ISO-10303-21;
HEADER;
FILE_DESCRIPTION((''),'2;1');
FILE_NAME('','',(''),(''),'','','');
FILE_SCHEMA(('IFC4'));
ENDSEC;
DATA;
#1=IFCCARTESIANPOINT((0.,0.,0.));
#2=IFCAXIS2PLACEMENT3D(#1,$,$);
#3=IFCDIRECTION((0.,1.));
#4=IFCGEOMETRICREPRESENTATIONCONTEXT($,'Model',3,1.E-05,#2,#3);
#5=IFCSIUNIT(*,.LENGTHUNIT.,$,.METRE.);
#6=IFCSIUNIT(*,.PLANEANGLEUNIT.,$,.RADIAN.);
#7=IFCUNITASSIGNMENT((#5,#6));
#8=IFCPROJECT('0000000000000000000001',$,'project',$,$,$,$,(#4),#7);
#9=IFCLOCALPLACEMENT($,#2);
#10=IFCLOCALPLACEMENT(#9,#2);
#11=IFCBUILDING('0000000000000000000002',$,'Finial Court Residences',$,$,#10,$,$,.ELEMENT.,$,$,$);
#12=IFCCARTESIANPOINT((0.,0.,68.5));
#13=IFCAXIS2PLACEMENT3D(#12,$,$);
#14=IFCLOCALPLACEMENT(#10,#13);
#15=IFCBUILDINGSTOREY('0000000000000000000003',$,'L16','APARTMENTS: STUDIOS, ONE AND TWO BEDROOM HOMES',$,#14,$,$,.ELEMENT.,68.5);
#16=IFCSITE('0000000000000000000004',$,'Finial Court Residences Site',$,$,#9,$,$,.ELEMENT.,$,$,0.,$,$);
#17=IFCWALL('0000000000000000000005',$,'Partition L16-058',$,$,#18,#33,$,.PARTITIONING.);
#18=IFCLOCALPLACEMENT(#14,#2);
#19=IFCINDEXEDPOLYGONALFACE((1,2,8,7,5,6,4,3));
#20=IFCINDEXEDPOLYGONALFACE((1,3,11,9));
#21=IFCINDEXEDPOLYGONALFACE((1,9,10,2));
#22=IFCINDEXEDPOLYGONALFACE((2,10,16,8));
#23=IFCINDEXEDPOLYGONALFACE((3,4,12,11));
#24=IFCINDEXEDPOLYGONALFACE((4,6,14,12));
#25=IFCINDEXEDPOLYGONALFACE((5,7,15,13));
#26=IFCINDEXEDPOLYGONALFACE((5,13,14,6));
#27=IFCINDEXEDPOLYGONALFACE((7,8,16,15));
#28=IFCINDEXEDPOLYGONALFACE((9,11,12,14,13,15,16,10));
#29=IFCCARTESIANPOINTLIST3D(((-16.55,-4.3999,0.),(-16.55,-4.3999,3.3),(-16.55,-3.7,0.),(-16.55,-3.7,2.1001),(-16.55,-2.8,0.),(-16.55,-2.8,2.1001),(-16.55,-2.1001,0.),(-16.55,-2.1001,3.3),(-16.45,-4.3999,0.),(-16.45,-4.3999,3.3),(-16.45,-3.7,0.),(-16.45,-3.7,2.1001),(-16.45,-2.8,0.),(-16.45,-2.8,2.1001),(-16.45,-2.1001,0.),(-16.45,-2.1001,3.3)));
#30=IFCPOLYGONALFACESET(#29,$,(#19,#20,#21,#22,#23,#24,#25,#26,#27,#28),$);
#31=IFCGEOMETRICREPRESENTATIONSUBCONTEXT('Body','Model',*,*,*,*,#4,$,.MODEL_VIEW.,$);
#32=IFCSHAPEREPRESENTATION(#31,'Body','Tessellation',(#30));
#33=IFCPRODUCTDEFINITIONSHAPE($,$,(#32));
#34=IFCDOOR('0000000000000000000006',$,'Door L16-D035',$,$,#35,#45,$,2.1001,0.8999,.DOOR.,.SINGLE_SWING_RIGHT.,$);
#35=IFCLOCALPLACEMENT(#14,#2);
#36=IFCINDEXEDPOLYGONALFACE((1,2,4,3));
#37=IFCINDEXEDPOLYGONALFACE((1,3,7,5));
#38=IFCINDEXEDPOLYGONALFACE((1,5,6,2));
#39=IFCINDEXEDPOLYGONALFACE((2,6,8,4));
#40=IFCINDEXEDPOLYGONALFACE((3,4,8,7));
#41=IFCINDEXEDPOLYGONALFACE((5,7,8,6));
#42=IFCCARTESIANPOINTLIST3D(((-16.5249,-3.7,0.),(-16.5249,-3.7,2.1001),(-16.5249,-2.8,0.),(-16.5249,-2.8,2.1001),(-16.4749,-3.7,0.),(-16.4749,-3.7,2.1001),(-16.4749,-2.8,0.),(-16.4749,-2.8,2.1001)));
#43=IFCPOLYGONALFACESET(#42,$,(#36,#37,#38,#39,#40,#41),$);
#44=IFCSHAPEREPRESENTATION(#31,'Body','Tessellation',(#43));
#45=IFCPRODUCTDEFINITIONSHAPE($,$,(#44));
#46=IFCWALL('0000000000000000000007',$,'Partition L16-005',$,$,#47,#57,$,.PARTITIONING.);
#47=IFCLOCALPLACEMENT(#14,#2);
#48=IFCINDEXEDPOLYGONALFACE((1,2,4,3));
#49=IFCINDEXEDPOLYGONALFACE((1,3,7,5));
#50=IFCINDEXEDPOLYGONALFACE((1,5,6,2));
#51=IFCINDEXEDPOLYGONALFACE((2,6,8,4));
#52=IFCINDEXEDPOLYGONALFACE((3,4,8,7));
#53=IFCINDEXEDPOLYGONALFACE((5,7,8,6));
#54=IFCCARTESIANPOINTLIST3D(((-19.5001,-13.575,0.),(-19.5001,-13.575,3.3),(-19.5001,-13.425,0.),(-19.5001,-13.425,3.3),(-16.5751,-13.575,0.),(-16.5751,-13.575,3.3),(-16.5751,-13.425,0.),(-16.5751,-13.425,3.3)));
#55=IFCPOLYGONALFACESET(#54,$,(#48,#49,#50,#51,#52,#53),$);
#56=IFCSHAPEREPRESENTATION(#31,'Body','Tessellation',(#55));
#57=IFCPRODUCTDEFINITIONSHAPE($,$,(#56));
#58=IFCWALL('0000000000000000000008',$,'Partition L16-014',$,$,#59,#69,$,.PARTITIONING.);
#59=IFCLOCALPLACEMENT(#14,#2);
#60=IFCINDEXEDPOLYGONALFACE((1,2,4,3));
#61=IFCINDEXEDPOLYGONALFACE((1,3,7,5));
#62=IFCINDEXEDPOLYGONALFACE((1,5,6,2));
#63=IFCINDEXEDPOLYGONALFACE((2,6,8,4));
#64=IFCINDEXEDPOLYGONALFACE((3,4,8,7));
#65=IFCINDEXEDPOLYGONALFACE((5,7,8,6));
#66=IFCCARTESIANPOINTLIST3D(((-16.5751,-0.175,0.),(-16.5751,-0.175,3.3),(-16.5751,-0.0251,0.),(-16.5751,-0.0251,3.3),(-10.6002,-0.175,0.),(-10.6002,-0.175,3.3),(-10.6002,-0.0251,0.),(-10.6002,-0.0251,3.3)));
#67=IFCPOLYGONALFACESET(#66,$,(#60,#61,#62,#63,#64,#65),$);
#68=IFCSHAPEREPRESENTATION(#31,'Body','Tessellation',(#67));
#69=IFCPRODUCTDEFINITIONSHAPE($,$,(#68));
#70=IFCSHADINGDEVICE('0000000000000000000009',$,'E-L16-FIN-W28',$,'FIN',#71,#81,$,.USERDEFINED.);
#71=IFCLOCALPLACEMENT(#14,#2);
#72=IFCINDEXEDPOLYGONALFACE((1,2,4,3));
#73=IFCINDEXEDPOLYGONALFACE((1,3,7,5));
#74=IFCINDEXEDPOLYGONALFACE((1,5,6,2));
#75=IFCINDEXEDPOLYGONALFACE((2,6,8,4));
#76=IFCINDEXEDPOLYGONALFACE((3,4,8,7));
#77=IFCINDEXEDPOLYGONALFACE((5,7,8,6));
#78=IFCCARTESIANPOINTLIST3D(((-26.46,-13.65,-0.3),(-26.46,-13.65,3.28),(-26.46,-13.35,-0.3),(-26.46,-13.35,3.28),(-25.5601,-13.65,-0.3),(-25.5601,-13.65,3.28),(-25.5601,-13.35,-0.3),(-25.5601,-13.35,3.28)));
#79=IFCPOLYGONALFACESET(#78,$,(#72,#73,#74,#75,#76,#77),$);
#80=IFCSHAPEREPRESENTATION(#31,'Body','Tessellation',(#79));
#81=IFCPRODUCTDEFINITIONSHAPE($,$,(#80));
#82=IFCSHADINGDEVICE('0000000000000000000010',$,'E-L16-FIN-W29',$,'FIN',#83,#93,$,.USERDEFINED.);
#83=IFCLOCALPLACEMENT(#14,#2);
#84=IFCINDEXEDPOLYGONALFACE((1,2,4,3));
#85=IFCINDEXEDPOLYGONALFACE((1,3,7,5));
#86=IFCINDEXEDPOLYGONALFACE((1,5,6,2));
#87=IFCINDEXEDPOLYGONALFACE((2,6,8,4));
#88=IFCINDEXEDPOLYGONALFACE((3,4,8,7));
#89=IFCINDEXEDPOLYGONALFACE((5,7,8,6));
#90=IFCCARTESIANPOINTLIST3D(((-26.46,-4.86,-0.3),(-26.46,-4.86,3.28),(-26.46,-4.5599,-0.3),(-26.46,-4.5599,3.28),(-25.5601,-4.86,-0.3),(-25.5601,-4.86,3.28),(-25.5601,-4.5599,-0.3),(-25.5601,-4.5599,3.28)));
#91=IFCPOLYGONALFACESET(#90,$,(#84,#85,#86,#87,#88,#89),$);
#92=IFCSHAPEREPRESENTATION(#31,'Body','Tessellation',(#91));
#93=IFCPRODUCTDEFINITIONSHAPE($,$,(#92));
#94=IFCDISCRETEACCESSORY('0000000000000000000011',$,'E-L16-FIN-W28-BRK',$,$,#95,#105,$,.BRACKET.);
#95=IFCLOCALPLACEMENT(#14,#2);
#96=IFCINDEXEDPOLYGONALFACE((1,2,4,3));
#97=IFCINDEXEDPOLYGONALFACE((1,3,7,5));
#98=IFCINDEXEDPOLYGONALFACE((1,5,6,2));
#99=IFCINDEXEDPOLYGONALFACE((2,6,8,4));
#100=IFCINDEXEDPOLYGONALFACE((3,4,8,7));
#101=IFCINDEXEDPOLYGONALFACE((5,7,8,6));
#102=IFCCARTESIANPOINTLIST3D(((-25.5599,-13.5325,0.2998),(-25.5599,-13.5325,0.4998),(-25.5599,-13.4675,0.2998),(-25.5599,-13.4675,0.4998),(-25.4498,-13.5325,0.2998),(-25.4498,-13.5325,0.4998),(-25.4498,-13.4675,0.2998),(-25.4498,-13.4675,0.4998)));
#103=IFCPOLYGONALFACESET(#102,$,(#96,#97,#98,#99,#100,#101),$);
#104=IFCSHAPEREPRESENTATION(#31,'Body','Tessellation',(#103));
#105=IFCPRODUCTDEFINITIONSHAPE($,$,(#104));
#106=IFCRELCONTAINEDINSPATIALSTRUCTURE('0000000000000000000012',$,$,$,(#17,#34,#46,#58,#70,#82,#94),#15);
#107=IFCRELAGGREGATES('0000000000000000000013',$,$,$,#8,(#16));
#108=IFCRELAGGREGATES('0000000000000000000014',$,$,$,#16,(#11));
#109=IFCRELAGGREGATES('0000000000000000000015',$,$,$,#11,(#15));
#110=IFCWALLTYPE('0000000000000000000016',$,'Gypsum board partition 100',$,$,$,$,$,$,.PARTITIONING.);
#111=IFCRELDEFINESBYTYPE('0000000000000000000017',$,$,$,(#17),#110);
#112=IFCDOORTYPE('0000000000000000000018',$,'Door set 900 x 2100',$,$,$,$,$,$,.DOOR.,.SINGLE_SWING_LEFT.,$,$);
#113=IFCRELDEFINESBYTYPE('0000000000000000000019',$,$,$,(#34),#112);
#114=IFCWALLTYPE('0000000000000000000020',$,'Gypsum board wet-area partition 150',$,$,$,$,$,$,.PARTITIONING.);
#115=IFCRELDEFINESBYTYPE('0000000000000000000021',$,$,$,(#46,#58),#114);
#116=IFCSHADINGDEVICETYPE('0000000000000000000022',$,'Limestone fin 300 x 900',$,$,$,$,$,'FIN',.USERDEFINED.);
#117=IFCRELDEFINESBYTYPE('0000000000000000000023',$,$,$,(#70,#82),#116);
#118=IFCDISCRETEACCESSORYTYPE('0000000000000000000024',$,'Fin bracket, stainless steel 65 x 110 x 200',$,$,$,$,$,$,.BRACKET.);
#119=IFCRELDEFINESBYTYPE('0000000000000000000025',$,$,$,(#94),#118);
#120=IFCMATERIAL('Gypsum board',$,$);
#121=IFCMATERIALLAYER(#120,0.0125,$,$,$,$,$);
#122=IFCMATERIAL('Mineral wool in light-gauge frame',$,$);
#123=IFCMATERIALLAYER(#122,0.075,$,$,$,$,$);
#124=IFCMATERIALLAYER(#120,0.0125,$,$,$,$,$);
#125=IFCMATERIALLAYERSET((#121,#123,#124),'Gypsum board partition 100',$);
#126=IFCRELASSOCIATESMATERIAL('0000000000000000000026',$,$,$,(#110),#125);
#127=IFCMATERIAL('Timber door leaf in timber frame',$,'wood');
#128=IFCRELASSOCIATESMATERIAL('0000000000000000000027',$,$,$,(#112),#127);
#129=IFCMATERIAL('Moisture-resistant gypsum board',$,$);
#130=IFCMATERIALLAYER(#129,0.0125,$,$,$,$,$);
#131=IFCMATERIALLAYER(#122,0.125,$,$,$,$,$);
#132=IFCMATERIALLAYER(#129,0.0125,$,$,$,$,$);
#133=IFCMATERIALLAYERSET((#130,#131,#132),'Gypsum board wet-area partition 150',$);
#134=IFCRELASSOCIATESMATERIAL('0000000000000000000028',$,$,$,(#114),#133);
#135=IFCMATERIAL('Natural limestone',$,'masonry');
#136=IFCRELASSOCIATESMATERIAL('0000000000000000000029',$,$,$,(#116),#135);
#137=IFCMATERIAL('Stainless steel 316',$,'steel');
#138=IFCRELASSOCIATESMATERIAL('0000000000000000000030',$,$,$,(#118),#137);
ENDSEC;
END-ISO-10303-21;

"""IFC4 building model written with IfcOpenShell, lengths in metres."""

from ifc_helpers import new_model, si_unit, direction, frame, frame_2d, origin, origin_2d, place, context, subcontext, project, spatial, rectangle, extrude, material, layer, layer_set, type_object, element, fill, save


model = new_model("IFC4")

# Units and contexts
model_context = context("Model", 3, precision=1e-05, world=origin(), true_north=direction((0.0, 1.0)))
body_context = subcontext(model_context, "Body", "Model", "MODEL_VIEW")
ifc_project = project(units=[si_unit("LENGTHUNIT", "METRE"), si_unit("PLANEANGLEUNIT", "RADIAN")], contexts=[model_context])

# Site, building, storey
site_placement = place(None, origin())
site = spatial("IfcSite", under=ifc_project, at=site_placement, Name="Finial Court Residences Site", CompositionType="ELEMENT", RefElevation=0.0)
building_placement = place(site_placement, origin())
building = spatial("IfcBuilding", under=site, at=building_placement, Name="Finial Court Residences", CompositionType="ELEMENT")
storey_placement = place(building_placement, frame((0.0, 0.0, 68.5)))
storey = spatial("IfcBuildingStorey", under=building, at=storey_placement, Name="L16", Description="APARTMENTS: STUDIOS, ONE AND TWO BEDROOM HOMES", CompositionType="ELEMENT", Elevation=68.5)

# Wall, opening, door
ifc_material_1 = material(Name="Gypsum board")
ifc_layer_1 = layer(ifc_material_1, 0.0125)
ifc_material_2 = material(Name="Mineral wool in light-gauge frame")
ifc_layer_2 = layer(ifc_material_2, 0.075)
ifc_layer_3 = layer(ifc_material_1, 0.0125)
ifc_layer_set_1 = layer_set([ifc_layer_1, ifc_layer_2, ifc_layer_3], Name="Gypsum board partition 100")
wall_type_1 = type_object("IfcWallType", Name="Gypsum board partition 100", PredefinedType="PARTITIONING", material=ifc_layer_set_1)
ifc_material_3 = material(Name="Timber door leaf in timber frame", Category="wood")
door_type_1 = type_object("IfcDoorType", Name="Door set 900 x 2100", OperationType="SINGLE_SWING_LEFT", PredefinedType="DOOR", material=ifc_material_3)
wall_1_placement = place(storey_placement, frame((-16.5, -4.3999, 0.0), z_axis=(0.0, 0.0, 1.0), x_axis=(0.0, 1.0, 0.0)))
wall_1 = element("IfcWall", 1, at=wall_1_placement, inside=storey, type_object=wall_type_1, Name="Partition L16-058", PredefinedType="PARTITIONING", context=body_context, shape_type="SweptSolid", body=[
    extrude(rectangle(XDim=2.2998, YDim=0.1001, at=frame_2d((1.1499, 0.0))), origin(), (0.0, 0.0, 1.0), 3.3),
])
opening_1_placement = place(wall_1_placement, frame((0.7, 0.0, 0.0)))
opening_1 = element("IfcOpeningElement", 2, at=opening_1_placement, cuts=wall_1, PredefinedType="OPENING", context=body_context, shape_type="SweptSolid", body=[
    extrude(rectangle(XDim=0.8999, YDim=2.1001, at=frame_2d((0.45, 1.05))), frame((0.0, 0.0601, 0.0), z_axis=(0.0, -1.0, 0.0), x_axis=(1.0, 0.0, 0.0)), (0.0, 0.0, 1.0), 0.1201),
])
door_1_placement = place(opening_1_placement, origin())
door_1 = element("IfcDoor", 3, at=door_1_placement, inside=storey, type_object=door_type_1, Name="Door L16-D035", OperationType="SINGLE_SWING_RIGHT", OverallHeight=2.1001, OverallWidth=0.8999, PredefinedType="DOOR", context=body_context, shape_type="SweptSolid", body=[
    extrude(rectangle(XDim=0.8999, YDim=2.1001, at=frame_2d((0.45, 1.05))), frame((0.0, 0.0249, 0.0), z_axis=(0.0, -1.0, 0.0), x_axis=(1.0, 0.0, 0.0)), (0.0, 0.0, 1.0), 0.05),
])
fill(opening_1, door_1)

# Walls
ifc_material_4 = material(Name="Moisture-resistant gypsum board")
ifc_layer_4 = layer(ifc_material_4, 0.0125)
ifc_layer_5 = layer(ifc_material_2, 0.125)
ifc_layer_6 = layer(ifc_material_4, 0.0125)
ifc_layer_set_2 = layer_set([ifc_layer_4, ifc_layer_5, ifc_layer_6], Name="Gypsum board wet-area partition 150")
wall_type_2 = type_object("IfcWallType", Name="Gypsum board wet-area partition 150", PredefinedType="PARTITIONING", material=ifc_layer_set_2)
wall_2_placement = place(storey_placement, frame((-19.5, -13.5, 0.0), z_axis=(0.0, 0.0, 1.0), x_axis=(1.0, 0.0, 0.0)))
element("IfcWall", 4, at=wall_2_placement, inside=storey, type_object=wall_type_2, Name="Partition L16-005", PredefinedType="PARTITIONING", context=body_context, shape_type="SweptSolid", body=[
    extrude(rectangle(XDim=2.925, YDim=0.1499, at=frame_2d((1.4624, 0.0))), origin(), (0.0, 0.0, 1.0), 3.3),
])
wall_3_placement = place(storey_placement, frame((-16.575, -0.1001, 0.0), z_axis=(0.0, 0.0, 1.0), x_axis=(1.0, 0.0, 0.0)))
element("IfcWall", 5, at=wall_3_placement, inside=storey, type_object=wall_type_2, Name="Partition L16-014", PredefinedType="PARTITIONING", context=body_context, shape_type="SweptSolid", body=[
    extrude(rectangle(XDim=5.9749, YDim=0.1499, at=frame_2d((2.9873, 0.0))), origin(), (0.0, 0.0, 1.0), 3.3),
])

# Shading devices
ifc_material_5 = material(Name="Natural limestone", Category="masonry")
shading_device_type = type_object("IfcShadingDeviceType", Name="Limestone fin 300 x 900", ElementType="FIN", PredefinedType="USERDEFINED", material=ifc_material_5)
for number, where, z_axis, x_axis, name in (
    (6, (-26.01, -13.5, -0.3), (0.0, 0.0, 1.0), (1.0, 0.0, 0.0), "E-L16-FIN-W28"),
    (7, (-26.01, -4.71, -0.3), (0.0, 0.0, 1.0), (1.0, 0.0, 0.0), "E-L16-FIN-W29"),
):
    element("IfcShadingDevice", number, at=place(storey_placement, frame(where, z_axis=z_axis, x_axis=x_axis)), inside=storey, type_object=shading_device_type, Name=name, ObjectType="FIN", PredefinedType="USERDEFINED", context=body_context, shape_type="SweptSolid", body=[
        extrude(rectangle(XDim=0.8999, YDim=0.3, at=origin_2d()), origin(), (0.0, 0.0, 1.0), 3.5801),
    ])

# Discrete accessory
ifc_material_6 = material(Name="Stainless steel 316", Category="steel")
discrete_accessory_type = type_object("IfcDiscreteAccessoryType", Name="Fin bracket, stainless steel 65 x 110 x 200", PredefinedType="BRACKET", material=ifc_material_6)
discrete_accessory_placement = place(storey_placement, frame((-25.5049, -13.5, 0.2998), z_axis=(0.0, 0.0, 1.0), x_axis=(1.0, 0.0, 0.0)))
element("IfcDiscreteAccessory", 8, at=discrete_accessory_placement, inside=storey, type_object=discrete_accessory_type, Name="E-L16-FIN-W28-BRK", PredefinedType="BRACKET", context=body_context, shape_type="SweptSolid", body=[
    extrude(rectangle(XDim=0.1101, YDim=0.0649, at=origin_2d()), origin(), (0.0, 0.0, 1.0), 0.2),
])

save(model, "model.ifc")
